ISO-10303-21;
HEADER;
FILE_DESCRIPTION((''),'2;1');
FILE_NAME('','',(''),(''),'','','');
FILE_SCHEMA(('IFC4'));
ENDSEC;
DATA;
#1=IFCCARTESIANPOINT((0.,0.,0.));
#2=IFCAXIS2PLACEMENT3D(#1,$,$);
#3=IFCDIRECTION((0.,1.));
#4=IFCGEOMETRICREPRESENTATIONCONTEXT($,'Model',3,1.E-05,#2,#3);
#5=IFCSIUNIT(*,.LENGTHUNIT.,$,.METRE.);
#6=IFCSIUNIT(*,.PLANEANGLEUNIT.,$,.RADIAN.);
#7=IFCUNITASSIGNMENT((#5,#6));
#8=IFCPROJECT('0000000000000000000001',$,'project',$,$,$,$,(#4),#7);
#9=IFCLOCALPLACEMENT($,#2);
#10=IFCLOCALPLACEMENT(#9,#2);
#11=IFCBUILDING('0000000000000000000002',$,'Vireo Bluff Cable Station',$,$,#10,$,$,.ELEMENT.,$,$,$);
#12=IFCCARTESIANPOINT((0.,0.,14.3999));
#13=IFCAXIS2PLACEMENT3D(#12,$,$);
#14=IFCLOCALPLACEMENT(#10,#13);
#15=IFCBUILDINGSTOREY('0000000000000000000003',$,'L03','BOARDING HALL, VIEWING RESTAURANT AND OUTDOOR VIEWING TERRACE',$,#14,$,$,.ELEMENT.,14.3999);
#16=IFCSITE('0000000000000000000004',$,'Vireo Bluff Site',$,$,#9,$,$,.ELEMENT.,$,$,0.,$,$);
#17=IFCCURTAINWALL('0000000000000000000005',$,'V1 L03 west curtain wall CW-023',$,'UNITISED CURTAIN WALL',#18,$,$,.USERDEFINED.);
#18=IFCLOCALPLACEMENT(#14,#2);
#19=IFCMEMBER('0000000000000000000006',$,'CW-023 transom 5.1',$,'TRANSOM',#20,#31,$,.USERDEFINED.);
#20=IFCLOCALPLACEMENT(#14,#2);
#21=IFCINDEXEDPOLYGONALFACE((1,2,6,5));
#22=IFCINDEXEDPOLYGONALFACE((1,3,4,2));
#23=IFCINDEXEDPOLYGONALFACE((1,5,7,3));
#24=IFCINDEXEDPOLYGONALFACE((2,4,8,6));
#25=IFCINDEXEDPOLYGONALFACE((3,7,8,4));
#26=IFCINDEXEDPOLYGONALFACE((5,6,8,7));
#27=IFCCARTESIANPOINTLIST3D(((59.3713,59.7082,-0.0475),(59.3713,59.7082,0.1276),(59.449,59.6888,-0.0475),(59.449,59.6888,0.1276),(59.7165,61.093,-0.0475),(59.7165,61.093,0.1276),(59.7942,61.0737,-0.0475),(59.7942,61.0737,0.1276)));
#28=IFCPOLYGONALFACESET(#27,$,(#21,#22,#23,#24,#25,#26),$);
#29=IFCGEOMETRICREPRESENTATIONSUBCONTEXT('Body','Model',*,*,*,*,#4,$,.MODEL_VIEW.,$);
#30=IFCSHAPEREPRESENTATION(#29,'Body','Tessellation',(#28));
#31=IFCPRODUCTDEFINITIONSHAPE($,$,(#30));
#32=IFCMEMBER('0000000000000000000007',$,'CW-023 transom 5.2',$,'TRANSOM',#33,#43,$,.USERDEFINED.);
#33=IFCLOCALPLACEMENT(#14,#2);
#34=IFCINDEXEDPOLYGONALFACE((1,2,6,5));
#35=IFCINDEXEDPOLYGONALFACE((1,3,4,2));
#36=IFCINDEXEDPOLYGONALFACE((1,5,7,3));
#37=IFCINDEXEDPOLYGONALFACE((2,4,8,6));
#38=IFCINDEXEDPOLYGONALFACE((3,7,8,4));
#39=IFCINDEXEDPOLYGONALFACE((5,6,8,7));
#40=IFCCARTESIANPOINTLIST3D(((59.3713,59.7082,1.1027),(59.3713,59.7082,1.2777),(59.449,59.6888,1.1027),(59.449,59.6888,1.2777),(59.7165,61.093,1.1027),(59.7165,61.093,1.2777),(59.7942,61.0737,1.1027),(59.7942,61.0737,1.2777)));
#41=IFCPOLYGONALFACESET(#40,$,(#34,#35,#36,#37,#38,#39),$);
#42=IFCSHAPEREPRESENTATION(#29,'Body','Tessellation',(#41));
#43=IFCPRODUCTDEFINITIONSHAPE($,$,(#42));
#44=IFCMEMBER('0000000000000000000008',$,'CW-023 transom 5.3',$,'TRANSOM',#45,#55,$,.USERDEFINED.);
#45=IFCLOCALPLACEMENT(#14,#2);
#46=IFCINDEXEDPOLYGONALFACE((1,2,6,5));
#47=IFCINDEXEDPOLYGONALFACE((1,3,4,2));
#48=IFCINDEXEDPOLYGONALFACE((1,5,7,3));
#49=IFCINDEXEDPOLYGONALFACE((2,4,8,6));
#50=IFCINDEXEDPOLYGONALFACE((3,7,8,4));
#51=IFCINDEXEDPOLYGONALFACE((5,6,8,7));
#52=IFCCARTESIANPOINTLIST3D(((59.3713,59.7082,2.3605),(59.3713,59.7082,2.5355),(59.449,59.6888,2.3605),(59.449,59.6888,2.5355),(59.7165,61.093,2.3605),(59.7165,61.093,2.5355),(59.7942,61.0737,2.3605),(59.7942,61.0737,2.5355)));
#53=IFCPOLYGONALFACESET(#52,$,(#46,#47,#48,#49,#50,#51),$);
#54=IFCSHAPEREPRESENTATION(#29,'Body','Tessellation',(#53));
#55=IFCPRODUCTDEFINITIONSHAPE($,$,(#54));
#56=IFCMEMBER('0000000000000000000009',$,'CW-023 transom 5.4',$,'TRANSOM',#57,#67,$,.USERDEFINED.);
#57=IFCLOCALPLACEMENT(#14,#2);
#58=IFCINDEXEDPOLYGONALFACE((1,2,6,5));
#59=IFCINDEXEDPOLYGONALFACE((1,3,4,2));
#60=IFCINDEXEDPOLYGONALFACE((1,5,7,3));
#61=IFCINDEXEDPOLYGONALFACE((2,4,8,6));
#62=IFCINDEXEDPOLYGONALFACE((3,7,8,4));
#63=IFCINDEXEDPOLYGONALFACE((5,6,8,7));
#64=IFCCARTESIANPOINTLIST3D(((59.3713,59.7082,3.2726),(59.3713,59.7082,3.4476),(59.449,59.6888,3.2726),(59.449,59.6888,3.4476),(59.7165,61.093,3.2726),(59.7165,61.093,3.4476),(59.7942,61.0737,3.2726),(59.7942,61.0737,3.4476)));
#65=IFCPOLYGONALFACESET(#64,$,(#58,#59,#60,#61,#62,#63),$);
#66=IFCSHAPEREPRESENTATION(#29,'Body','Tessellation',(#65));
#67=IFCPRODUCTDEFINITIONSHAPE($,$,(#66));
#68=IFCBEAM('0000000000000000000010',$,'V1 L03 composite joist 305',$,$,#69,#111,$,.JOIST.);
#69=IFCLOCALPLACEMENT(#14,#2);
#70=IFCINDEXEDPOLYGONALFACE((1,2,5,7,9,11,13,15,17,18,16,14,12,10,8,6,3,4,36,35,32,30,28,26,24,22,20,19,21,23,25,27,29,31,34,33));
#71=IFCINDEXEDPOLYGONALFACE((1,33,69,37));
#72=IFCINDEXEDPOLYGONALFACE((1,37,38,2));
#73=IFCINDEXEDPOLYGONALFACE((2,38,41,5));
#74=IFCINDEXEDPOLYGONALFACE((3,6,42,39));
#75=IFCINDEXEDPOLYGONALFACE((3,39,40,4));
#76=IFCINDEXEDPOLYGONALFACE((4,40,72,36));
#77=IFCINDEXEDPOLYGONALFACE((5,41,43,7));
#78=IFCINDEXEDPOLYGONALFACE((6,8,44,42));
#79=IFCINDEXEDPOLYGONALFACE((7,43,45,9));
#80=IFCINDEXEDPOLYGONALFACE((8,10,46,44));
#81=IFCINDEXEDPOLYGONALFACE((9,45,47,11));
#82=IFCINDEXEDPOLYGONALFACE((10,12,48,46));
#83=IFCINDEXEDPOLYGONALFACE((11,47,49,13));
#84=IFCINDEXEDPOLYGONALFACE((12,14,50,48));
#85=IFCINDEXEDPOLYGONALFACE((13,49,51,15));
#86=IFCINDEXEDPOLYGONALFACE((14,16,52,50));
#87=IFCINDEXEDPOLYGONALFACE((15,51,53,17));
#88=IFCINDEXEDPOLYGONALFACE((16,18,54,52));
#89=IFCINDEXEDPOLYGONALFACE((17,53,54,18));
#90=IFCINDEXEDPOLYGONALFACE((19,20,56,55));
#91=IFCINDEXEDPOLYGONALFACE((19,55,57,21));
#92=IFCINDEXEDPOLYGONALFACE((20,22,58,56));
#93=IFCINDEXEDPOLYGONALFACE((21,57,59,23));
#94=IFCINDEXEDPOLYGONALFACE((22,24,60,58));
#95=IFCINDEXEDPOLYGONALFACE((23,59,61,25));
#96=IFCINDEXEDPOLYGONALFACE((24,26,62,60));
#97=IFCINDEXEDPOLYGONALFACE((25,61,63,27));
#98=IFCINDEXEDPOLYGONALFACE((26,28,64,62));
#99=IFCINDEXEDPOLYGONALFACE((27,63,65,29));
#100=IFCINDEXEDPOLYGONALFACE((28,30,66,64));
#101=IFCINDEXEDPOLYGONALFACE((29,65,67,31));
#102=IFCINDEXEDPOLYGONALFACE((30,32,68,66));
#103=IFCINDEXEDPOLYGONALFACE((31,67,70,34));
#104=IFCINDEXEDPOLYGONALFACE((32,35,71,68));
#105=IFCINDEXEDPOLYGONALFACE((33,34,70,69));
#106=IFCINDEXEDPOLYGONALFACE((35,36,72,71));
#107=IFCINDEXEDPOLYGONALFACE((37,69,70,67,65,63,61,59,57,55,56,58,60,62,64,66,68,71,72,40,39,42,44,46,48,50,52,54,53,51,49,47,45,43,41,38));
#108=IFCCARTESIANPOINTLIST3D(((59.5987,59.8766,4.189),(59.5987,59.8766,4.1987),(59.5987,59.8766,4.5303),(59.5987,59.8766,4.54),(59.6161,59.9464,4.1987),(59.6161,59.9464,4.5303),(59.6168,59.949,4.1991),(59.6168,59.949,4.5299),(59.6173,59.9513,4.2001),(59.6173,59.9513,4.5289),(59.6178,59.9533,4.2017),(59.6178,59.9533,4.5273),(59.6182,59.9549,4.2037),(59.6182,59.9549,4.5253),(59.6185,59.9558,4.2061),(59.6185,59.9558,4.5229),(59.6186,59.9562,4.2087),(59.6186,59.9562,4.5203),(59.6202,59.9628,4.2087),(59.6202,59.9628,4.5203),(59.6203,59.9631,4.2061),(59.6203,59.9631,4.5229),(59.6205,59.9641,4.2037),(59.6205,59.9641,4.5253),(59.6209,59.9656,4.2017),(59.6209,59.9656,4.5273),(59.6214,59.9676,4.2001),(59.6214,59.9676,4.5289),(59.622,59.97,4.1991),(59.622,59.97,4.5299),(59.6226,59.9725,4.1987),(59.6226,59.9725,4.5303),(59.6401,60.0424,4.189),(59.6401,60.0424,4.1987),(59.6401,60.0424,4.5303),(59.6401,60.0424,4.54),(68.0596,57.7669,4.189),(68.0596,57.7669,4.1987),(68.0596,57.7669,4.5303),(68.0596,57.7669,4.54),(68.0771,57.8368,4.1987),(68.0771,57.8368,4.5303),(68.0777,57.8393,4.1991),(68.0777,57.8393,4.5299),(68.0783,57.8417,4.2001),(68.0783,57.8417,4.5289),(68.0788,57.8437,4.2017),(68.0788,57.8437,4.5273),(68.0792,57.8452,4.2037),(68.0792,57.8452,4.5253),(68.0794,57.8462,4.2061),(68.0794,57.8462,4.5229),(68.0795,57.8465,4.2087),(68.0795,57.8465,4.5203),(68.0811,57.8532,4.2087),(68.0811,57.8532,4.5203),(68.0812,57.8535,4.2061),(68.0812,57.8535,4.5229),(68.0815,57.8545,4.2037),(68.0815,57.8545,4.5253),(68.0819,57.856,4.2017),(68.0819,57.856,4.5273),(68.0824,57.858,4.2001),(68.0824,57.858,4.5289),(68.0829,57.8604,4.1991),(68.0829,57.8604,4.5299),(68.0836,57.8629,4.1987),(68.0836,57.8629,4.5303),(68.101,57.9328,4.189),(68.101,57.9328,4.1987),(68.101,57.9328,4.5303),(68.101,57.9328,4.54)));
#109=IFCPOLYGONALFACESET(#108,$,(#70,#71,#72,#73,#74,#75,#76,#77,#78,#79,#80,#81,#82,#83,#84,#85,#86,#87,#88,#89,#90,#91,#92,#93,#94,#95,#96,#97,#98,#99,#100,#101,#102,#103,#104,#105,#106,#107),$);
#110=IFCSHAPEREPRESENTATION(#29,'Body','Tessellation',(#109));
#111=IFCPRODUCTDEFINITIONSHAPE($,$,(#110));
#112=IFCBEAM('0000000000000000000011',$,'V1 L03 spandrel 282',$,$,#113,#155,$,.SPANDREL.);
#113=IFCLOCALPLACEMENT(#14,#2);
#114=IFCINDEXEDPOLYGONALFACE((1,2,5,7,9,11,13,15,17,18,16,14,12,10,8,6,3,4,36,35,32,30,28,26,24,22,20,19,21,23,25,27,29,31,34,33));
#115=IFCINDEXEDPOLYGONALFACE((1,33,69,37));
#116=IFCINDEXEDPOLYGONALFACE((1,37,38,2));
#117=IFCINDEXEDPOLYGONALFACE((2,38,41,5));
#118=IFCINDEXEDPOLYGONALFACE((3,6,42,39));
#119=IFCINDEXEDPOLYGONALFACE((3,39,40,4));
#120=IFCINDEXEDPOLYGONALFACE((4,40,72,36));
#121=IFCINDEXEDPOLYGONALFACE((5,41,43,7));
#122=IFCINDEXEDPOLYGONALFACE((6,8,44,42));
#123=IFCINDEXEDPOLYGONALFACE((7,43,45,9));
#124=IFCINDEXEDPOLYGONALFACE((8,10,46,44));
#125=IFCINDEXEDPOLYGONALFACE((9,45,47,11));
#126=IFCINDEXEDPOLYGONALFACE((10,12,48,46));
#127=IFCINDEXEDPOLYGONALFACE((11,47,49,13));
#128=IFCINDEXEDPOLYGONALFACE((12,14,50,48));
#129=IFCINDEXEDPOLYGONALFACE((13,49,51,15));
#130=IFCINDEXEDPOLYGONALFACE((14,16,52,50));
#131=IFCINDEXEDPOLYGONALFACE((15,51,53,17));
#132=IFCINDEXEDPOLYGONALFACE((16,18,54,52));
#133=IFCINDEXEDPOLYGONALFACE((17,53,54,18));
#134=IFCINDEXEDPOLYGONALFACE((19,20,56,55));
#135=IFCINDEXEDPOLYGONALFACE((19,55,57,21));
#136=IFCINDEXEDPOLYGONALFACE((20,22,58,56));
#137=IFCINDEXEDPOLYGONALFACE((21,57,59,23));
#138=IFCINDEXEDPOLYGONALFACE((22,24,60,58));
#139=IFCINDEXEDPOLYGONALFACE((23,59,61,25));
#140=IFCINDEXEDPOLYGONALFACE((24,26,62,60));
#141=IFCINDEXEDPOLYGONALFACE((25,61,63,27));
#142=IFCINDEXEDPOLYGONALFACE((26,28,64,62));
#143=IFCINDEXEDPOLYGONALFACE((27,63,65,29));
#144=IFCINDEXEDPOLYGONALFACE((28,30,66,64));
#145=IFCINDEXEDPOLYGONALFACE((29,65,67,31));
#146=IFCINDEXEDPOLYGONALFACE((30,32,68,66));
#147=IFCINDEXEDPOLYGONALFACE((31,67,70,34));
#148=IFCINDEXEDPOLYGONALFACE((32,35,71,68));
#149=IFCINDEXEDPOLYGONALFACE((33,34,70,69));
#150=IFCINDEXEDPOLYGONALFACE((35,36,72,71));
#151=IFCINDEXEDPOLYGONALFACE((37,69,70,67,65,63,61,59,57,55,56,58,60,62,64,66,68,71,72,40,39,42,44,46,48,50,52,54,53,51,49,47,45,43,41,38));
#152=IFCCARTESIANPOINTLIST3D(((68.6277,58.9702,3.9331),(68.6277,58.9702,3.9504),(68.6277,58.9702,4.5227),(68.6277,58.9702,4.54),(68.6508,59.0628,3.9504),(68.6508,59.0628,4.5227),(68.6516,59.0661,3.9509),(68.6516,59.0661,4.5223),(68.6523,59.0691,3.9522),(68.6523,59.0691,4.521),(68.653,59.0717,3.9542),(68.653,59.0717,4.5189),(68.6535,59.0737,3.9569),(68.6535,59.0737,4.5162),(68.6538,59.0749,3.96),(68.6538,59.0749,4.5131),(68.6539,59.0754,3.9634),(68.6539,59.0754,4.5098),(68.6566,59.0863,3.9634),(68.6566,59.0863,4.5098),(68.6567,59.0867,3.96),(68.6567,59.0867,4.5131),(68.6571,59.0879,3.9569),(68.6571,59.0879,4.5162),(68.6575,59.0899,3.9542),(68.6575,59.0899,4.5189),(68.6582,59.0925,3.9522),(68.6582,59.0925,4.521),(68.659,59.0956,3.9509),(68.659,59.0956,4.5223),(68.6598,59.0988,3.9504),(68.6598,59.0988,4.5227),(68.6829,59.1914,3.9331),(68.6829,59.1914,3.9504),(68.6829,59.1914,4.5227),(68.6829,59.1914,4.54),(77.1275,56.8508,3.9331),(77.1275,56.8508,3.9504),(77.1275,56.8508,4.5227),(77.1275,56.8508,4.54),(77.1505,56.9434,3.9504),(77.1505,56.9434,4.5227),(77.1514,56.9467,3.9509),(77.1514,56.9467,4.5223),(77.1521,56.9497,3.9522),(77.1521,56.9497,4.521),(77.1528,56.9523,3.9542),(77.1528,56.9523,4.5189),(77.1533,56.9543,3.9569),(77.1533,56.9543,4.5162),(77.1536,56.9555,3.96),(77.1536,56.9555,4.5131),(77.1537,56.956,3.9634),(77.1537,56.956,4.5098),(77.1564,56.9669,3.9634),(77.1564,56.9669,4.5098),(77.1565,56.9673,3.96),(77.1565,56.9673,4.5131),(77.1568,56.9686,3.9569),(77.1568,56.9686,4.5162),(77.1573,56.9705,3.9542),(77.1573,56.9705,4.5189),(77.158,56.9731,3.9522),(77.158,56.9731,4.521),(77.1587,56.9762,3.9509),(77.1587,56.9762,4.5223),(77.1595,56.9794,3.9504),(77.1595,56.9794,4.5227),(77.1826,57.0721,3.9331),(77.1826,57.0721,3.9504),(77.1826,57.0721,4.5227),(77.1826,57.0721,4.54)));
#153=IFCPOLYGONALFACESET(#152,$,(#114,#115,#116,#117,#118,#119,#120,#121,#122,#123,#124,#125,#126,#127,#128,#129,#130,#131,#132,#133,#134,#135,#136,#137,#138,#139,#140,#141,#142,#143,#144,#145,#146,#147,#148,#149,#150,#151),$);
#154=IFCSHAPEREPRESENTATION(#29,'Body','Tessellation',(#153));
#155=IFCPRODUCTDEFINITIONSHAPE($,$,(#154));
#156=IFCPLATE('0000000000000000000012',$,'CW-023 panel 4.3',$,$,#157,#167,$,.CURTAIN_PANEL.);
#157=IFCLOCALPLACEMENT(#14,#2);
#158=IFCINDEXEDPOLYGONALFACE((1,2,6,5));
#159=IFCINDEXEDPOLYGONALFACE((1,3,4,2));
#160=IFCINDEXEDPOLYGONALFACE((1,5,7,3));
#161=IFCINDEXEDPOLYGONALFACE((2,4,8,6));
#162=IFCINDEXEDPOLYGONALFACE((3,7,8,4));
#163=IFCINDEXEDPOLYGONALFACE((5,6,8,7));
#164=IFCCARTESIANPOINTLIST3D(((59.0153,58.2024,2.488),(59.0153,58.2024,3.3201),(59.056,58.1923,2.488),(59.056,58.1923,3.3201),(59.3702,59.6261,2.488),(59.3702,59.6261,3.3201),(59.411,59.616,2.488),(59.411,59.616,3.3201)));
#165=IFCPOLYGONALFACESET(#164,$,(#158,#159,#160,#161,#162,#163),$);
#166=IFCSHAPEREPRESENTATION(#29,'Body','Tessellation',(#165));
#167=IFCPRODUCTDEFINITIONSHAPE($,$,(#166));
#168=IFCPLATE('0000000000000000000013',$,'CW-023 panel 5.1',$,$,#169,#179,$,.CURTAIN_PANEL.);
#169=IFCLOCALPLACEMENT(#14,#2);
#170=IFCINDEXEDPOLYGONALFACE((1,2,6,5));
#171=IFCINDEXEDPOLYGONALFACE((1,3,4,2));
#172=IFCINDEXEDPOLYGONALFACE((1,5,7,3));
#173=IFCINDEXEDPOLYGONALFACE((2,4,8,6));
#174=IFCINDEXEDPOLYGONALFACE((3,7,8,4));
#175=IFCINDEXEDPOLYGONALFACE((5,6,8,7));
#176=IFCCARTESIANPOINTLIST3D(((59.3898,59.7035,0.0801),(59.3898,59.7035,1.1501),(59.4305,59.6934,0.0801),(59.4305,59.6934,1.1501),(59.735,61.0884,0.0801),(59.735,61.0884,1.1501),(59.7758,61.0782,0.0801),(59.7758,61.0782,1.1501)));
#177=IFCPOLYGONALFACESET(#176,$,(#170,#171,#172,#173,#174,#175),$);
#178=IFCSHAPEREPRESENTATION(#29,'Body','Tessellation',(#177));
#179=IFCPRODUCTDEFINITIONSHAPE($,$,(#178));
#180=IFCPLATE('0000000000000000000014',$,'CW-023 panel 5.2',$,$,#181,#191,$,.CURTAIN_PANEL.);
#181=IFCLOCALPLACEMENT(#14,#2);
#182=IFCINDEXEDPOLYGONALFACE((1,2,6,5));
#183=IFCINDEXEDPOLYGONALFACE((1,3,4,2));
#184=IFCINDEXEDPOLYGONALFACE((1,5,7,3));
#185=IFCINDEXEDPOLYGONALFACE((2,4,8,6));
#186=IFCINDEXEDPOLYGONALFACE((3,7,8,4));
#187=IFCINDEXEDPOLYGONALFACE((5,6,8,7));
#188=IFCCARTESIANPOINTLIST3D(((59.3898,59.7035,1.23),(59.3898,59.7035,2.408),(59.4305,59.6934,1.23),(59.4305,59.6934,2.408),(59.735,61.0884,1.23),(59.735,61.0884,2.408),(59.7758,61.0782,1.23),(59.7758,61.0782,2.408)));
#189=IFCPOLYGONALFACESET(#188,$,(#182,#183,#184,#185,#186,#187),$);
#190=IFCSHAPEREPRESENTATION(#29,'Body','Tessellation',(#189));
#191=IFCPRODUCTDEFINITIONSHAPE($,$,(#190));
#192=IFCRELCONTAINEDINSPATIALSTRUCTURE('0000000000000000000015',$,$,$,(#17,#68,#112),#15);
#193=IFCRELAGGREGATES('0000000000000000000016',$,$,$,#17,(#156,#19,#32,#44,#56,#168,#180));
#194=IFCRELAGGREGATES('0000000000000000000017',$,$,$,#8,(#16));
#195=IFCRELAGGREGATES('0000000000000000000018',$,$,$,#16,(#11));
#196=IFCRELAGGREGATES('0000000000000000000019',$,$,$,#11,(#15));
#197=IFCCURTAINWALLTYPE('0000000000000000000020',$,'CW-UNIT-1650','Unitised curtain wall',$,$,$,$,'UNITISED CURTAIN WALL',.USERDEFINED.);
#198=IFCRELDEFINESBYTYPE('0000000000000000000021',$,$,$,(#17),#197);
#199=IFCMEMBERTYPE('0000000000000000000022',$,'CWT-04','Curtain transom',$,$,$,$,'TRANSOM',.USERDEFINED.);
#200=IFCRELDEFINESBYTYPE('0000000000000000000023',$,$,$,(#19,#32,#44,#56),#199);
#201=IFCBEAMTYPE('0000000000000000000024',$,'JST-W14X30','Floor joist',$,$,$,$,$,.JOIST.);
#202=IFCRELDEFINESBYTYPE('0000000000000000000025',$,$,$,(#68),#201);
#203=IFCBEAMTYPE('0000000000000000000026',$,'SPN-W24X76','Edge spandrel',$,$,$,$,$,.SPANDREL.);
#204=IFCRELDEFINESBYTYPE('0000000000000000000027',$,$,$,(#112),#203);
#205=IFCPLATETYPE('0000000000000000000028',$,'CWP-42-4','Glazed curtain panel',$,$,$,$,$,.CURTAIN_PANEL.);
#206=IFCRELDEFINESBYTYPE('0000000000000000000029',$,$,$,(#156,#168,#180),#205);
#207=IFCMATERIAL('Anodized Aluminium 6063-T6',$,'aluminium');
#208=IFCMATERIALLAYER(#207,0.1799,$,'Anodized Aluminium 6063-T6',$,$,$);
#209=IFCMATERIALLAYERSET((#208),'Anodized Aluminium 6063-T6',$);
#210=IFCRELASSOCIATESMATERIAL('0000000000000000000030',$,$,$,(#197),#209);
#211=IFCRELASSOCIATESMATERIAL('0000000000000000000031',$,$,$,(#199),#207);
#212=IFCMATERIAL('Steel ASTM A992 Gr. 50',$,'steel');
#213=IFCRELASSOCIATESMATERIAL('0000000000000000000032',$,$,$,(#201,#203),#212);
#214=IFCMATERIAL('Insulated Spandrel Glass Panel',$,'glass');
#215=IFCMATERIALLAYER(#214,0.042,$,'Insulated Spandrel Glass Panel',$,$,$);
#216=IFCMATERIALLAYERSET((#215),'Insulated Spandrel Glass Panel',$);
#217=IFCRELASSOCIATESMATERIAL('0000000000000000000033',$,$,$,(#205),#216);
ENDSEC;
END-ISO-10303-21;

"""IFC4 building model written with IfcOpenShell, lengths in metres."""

from ifc_helpers import new_model, si_unit, direction, frame, origin, origin_2d, place, context, subcontext, project, spatial, rectangle, i_section, extrude, material, layer, layer_set, material_profile, profile_set, type_object, element, aggregate, save


model = new_model("IFC4")

# Units and contexts
model_context = context("Model", 3, precision=1e-05, world=origin(), true_north=direction((0.0, 1.0)))
body_context = subcontext(model_context, "Body", "Model", "MODEL_VIEW")
ifc_project = project(units=[si_unit("LENGTHUNIT", "METRE"), si_unit("PLANEANGLEUNIT", "RADIAN")], contexts=[model_context])

# Site, building, storey
site_placement = place(None, origin())
site = spatial("IfcSite", under=ifc_project, at=site_placement, Name="Vireo Bluff Site", CompositionType="ELEMENT", RefElevation=0.0)
building_placement = place(site_placement, origin())
building = spatial("IfcBuilding", under=site, at=building_placement, Name="Vireo Bluff Cable Station", CompositionType="ELEMENT")
storey_placement = place(building_placement, frame((0.0, 0.0, 14.3999)))
storey = spatial("IfcBuildingStorey", under=building, at=storey_placement, Name="L03", Description="BOARDING HALL, VIEWING RESTAURANT AND OUTDOOR VIEWING TERRACE", CompositionType="ELEMENT", Elevation=14.3999)

# Shared definitions
ifc_material_1 = material(Name="Steel ASTM A992 Gr. 50", Category="steel")

# Curtain wall
ifc_material_2 = material(Name="Anodized Aluminium 6063-T6", Category="aluminium")
ifc_layer_1 = layer(ifc_material_2, 0.1799, Name="Anodized Aluminium 6063-T6")
ifc_layer_set_1 = layer_set([ifc_layer_1], Name="Anodized Aluminium 6063-T6")
curtain_wall_type_1 = type_object("IfcCurtainWallType", Name="CW-UNIT-1650", Description="Unitised curtain wall", ElementType="UNITISED CURTAIN WALL", PredefinedType="USERDEFINED", material=ifc_layer_set_1)
curtain_wall_1_placement = place(storey_placement, origin())
curtain_wall_1 = element("IfcCurtainWall", 1, at=curtain_wall_1_placement, inside=storey, type_object=curtain_wall_type_1, Name="V1 L03 west curtain wall CW-023", ObjectType="UNITISED CURTAIN WALL", PredefinedType="USERDEFINED")

# Members
ifc_material_profile_1 = material_profile(ifc_material_2, rectangle(XDim=0.0801, YDim=0.175, at=origin_2d()), Name="ALU-T-80X175")
ifc_profile_set_1 = profile_set([ifc_material_profile_1], Name="Anodized Aluminium 6063-T6")
member_type_1 = type_object("IfcMemberType", Name="CWT-04", Description="Curtain transom", ElementType="TRANSOM", PredefinedType="USERDEFINED", material=ifc_profile_set_1)
member_1_placement = place(storey_placement, frame((59.4102, 59.6985, 0.04), z_axis=(0.241892, 0.970303, 0.0), x_axis=(-0.970303, 0.241892, 0.0)))
member_1 = element("IfcMember", 2, at=member_1_placement, type_object=member_type_1, Name="CW-023 transom 5.1", ObjectType="TRANSOM", PredefinedType="USERDEFINED", context=body_context, shape_type="SweptSolid", body=[
    extrude(rectangle(XDim=0.0801, YDim=0.175, at=origin_2d()), origin(), (0.0, 0.0, 1.0), 1.4272),
])
member_2_placement = place(storey_placement, frame((59.4102, 59.6985, 1.1902), z_axis=(0.241892, 0.970303, 0.0), x_axis=(-0.970303, 0.241892, 0.0)))
member_2 = element("IfcMember", 3, at=member_2_placement, type_object=member_type_1, Name="CW-023 transom 5.2", ObjectType="TRANSOM", PredefinedType="USERDEFINED", context=body_context, shape_type="SweptSolid", body=[
    extrude(rectangle(XDim=0.0801, YDim=0.175, at=origin_2d()), origin(), (0.0, 0.0, 1.0), 1.4272),
])
member_3_placement = place(storey_placement, frame((59.4102, 59.6985, 2.448), z_axis=(0.241892, 0.970303, 0.0), x_axis=(-0.970303, 0.241892, 0.0)))
member_3 = element("IfcMember", 4, at=member_3_placement, type_object=member_type_1, Name="CW-023 transom 5.3", ObjectType="TRANSOM", PredefinedType="USERDEFINED", context=body_context, shape_type="SweptSolid", body=[
    extrude(rectangle(XDim=0.0801, YDim=0.175, at=origin_2d()), origin(), (0.0, 0.0, 1.0), 1.4272),
])
member_4_placement = place(storey_placement, frame((59.4102, 59.6985, 3.3601), z_axis=(0.241892, 0.970303, 0.0), x_axis=(-0.970303, 0.241892, 0.0)))
member_4 = element("IfcMember", 5, at=member_4_placement, type_object=member_type_1, Name="CW-023 transom 5.4", ObjectType="TRANSOM", PredefinedType="USERDEFINED", context=body_context, shape_type="SweptSolid", body=[
    extrude(rectangle(XDim=0.0801, YDim=0.175, at=origin_2d()), origin(), (0.0, 0.0, 1.0), 1.4272),
])

# Beams
ifc_material_profile_2 = material_profile(ifc_material_1, i_section(OverallWidth=0.1709, OverallDepth=0.3511, WebThickness=0.0068, FlangeThickness=0.0098, FilletRadius=0.01, at=origin_2d()), Name="W14X30")
ifc_profile_set_2 = profile_set([ifc_material_profile_2], Name="Steel ASTM A992 Gr. 50")
beam_type_1 = type_object("IfcBeamType", Name="JST-W14X30", Description="Floor joist", PredefinedType="JOIST", material=ifc_profile_set_2)
beam_1_placement = place(storey_placement, frame((59.6194, 59.9595, 4.3645), z_axis=(0.970294, -0.24193, 0.0), x_axis=(0.24193, 0.970294, 0.0)))
element("IfcBeam", 6, at=beam_1_placement, inside=storey, type_object=beam_type_1, Name="V1 L03 composite joist 305", PredefinedType="JOIST", context=body_context, shape_type="SweptSolid", body=[
    extrude(i_section(OverallWidth=0.1709, OverallDepth=0.3511, WebThickness=0.0068, FlangeThickness=0.0098, FilletRadius=0.01, at=origin_2d()), origin(), (0.0, 0.0, 1.0), 8.72),
])
ifc_material_profile_3 = material_profile(ifc_material_1, i_section(OverallWidth=0.228, OverallDepth=0.6069, WebThickness=0.0112, FlangeThickness=0.0173, FilletRadius=0.0129, at=origin_2d()), Name="W24X76")
ifc_profile_set_3 = profile_set([ifc_material_profile_3], Name="Steel ASTM A992 Gr. 50")
beam_type_2 = type_object("IfcBeamType", Name="SPN-W24X76", Description="Edge spandrel", PredefinedType="SPANDREL", material=ifc_profile_set_3)
beam_2_placement = place(storey_placement, frame((68.6553, 59.0808, 4.2366), z_axis=(0.970292, -0.241939, 0.0), x_axis=(0.241939, 0.970292, 0.0)))
element("IfcBeam", 7, at=beam_2_placement, inside=storey, type_object=beam_type_2, Name="V1 L03 spandrel 282", PredefinedType="SPANDREL", context=body_context, shape_type="SweptSolid", body=[
    extrude(i_section(OverallWidth=0.228, OverallDepth=0.6069, WebThickness=0.0112, FlangeThickness=0.0173, FilletRadius=0.0129, at=origin_2d()), origin(), (0.0, 0.0, 1.0), 8.76),
])

# Plates
ifc_material_3 = material(Name="Insulated Spandrel Glass Panel", Category="glass")
ifc_layer_2 = layer(ifc_material_3, 0.042, Name="Insulated Spandrel Glass Panel")
ifc_layer_set_2 = layer_set([ifc_layer_2], Name="Insulated Spandrel Glass Panel")
plate_type_1 = type_object("IfcPlateType", Name="CWP-42-4", Description="Glazed curtain panel", PredefinedType="CURTAIN_PANEL", material=ifc_layer_set_2)
plate_1_placement = place(storey_placement, frame((59.2131, 58.9092, 2.488), z_axis=(0.0, 0.0, 1.0), x_axis=(0.241922, 0.970296, 0.0)))
plate_1 = element("IfcPlate", 8, at=plate_1_placement, type_object=plate_type_1, Name="CW-023 panel 4.3", PredefinedType="CURTAIN_PANEL", context=body_context, shape_type="SweptSolid", body=[
    extrude(rectangle(XDim=1.4673, YDim=0.042, at=origin_2d()), origin(), (0.0, 0.0, 1.0), 0.832),
])
plate_2_placement = place(storey_placement, frame((59.5828, 60.3909, 0.0801), z_axis=(0.0, 0.0, 1.0), x_axis=(0.241922, 0.970296, 0.0)))
plate_2 = element("IfcPlate", 9, at=plate_2_placement, type_object=plate_type_1, Name="CW-023 panel 5.1", PredefinedType="CURTAIN_PANEL", context=body_context, shape_type="SweptSolid", body=[
    extrude(rectangle(XDim=1.4272, YDim=0.042, at=origin_2d()), origin(), (0.0, 0.0, 1.0), 1.0701),
])
plate_3_placement = place(storey_placement, frame((59.5828, 60.3909, 1.23), z_axis=(0.0, 0.0, 1.0), x_axis=(0.241922, 0.970296, 0.0)))
plate_3 = element("IfcPlate", 10, at=plate_3_placement, type_object=plate_type_1, Name="CW-023 panel 5.2", PredefinedType="CURTAIN_PANEL", context=body_context, shape_type="SweptSolid", body=[
    extrude(rectangle(XDim=1.4272, YDim=0.042, at=origin_2d()), origin(), (0.0, 0.0, 1.0), 1.178),
])
aggregate(curtain_wall_1, [plate_1, member_1, member_2, member_3, member_4, plate_2, plate_3])

save(model, "model.ifc")
